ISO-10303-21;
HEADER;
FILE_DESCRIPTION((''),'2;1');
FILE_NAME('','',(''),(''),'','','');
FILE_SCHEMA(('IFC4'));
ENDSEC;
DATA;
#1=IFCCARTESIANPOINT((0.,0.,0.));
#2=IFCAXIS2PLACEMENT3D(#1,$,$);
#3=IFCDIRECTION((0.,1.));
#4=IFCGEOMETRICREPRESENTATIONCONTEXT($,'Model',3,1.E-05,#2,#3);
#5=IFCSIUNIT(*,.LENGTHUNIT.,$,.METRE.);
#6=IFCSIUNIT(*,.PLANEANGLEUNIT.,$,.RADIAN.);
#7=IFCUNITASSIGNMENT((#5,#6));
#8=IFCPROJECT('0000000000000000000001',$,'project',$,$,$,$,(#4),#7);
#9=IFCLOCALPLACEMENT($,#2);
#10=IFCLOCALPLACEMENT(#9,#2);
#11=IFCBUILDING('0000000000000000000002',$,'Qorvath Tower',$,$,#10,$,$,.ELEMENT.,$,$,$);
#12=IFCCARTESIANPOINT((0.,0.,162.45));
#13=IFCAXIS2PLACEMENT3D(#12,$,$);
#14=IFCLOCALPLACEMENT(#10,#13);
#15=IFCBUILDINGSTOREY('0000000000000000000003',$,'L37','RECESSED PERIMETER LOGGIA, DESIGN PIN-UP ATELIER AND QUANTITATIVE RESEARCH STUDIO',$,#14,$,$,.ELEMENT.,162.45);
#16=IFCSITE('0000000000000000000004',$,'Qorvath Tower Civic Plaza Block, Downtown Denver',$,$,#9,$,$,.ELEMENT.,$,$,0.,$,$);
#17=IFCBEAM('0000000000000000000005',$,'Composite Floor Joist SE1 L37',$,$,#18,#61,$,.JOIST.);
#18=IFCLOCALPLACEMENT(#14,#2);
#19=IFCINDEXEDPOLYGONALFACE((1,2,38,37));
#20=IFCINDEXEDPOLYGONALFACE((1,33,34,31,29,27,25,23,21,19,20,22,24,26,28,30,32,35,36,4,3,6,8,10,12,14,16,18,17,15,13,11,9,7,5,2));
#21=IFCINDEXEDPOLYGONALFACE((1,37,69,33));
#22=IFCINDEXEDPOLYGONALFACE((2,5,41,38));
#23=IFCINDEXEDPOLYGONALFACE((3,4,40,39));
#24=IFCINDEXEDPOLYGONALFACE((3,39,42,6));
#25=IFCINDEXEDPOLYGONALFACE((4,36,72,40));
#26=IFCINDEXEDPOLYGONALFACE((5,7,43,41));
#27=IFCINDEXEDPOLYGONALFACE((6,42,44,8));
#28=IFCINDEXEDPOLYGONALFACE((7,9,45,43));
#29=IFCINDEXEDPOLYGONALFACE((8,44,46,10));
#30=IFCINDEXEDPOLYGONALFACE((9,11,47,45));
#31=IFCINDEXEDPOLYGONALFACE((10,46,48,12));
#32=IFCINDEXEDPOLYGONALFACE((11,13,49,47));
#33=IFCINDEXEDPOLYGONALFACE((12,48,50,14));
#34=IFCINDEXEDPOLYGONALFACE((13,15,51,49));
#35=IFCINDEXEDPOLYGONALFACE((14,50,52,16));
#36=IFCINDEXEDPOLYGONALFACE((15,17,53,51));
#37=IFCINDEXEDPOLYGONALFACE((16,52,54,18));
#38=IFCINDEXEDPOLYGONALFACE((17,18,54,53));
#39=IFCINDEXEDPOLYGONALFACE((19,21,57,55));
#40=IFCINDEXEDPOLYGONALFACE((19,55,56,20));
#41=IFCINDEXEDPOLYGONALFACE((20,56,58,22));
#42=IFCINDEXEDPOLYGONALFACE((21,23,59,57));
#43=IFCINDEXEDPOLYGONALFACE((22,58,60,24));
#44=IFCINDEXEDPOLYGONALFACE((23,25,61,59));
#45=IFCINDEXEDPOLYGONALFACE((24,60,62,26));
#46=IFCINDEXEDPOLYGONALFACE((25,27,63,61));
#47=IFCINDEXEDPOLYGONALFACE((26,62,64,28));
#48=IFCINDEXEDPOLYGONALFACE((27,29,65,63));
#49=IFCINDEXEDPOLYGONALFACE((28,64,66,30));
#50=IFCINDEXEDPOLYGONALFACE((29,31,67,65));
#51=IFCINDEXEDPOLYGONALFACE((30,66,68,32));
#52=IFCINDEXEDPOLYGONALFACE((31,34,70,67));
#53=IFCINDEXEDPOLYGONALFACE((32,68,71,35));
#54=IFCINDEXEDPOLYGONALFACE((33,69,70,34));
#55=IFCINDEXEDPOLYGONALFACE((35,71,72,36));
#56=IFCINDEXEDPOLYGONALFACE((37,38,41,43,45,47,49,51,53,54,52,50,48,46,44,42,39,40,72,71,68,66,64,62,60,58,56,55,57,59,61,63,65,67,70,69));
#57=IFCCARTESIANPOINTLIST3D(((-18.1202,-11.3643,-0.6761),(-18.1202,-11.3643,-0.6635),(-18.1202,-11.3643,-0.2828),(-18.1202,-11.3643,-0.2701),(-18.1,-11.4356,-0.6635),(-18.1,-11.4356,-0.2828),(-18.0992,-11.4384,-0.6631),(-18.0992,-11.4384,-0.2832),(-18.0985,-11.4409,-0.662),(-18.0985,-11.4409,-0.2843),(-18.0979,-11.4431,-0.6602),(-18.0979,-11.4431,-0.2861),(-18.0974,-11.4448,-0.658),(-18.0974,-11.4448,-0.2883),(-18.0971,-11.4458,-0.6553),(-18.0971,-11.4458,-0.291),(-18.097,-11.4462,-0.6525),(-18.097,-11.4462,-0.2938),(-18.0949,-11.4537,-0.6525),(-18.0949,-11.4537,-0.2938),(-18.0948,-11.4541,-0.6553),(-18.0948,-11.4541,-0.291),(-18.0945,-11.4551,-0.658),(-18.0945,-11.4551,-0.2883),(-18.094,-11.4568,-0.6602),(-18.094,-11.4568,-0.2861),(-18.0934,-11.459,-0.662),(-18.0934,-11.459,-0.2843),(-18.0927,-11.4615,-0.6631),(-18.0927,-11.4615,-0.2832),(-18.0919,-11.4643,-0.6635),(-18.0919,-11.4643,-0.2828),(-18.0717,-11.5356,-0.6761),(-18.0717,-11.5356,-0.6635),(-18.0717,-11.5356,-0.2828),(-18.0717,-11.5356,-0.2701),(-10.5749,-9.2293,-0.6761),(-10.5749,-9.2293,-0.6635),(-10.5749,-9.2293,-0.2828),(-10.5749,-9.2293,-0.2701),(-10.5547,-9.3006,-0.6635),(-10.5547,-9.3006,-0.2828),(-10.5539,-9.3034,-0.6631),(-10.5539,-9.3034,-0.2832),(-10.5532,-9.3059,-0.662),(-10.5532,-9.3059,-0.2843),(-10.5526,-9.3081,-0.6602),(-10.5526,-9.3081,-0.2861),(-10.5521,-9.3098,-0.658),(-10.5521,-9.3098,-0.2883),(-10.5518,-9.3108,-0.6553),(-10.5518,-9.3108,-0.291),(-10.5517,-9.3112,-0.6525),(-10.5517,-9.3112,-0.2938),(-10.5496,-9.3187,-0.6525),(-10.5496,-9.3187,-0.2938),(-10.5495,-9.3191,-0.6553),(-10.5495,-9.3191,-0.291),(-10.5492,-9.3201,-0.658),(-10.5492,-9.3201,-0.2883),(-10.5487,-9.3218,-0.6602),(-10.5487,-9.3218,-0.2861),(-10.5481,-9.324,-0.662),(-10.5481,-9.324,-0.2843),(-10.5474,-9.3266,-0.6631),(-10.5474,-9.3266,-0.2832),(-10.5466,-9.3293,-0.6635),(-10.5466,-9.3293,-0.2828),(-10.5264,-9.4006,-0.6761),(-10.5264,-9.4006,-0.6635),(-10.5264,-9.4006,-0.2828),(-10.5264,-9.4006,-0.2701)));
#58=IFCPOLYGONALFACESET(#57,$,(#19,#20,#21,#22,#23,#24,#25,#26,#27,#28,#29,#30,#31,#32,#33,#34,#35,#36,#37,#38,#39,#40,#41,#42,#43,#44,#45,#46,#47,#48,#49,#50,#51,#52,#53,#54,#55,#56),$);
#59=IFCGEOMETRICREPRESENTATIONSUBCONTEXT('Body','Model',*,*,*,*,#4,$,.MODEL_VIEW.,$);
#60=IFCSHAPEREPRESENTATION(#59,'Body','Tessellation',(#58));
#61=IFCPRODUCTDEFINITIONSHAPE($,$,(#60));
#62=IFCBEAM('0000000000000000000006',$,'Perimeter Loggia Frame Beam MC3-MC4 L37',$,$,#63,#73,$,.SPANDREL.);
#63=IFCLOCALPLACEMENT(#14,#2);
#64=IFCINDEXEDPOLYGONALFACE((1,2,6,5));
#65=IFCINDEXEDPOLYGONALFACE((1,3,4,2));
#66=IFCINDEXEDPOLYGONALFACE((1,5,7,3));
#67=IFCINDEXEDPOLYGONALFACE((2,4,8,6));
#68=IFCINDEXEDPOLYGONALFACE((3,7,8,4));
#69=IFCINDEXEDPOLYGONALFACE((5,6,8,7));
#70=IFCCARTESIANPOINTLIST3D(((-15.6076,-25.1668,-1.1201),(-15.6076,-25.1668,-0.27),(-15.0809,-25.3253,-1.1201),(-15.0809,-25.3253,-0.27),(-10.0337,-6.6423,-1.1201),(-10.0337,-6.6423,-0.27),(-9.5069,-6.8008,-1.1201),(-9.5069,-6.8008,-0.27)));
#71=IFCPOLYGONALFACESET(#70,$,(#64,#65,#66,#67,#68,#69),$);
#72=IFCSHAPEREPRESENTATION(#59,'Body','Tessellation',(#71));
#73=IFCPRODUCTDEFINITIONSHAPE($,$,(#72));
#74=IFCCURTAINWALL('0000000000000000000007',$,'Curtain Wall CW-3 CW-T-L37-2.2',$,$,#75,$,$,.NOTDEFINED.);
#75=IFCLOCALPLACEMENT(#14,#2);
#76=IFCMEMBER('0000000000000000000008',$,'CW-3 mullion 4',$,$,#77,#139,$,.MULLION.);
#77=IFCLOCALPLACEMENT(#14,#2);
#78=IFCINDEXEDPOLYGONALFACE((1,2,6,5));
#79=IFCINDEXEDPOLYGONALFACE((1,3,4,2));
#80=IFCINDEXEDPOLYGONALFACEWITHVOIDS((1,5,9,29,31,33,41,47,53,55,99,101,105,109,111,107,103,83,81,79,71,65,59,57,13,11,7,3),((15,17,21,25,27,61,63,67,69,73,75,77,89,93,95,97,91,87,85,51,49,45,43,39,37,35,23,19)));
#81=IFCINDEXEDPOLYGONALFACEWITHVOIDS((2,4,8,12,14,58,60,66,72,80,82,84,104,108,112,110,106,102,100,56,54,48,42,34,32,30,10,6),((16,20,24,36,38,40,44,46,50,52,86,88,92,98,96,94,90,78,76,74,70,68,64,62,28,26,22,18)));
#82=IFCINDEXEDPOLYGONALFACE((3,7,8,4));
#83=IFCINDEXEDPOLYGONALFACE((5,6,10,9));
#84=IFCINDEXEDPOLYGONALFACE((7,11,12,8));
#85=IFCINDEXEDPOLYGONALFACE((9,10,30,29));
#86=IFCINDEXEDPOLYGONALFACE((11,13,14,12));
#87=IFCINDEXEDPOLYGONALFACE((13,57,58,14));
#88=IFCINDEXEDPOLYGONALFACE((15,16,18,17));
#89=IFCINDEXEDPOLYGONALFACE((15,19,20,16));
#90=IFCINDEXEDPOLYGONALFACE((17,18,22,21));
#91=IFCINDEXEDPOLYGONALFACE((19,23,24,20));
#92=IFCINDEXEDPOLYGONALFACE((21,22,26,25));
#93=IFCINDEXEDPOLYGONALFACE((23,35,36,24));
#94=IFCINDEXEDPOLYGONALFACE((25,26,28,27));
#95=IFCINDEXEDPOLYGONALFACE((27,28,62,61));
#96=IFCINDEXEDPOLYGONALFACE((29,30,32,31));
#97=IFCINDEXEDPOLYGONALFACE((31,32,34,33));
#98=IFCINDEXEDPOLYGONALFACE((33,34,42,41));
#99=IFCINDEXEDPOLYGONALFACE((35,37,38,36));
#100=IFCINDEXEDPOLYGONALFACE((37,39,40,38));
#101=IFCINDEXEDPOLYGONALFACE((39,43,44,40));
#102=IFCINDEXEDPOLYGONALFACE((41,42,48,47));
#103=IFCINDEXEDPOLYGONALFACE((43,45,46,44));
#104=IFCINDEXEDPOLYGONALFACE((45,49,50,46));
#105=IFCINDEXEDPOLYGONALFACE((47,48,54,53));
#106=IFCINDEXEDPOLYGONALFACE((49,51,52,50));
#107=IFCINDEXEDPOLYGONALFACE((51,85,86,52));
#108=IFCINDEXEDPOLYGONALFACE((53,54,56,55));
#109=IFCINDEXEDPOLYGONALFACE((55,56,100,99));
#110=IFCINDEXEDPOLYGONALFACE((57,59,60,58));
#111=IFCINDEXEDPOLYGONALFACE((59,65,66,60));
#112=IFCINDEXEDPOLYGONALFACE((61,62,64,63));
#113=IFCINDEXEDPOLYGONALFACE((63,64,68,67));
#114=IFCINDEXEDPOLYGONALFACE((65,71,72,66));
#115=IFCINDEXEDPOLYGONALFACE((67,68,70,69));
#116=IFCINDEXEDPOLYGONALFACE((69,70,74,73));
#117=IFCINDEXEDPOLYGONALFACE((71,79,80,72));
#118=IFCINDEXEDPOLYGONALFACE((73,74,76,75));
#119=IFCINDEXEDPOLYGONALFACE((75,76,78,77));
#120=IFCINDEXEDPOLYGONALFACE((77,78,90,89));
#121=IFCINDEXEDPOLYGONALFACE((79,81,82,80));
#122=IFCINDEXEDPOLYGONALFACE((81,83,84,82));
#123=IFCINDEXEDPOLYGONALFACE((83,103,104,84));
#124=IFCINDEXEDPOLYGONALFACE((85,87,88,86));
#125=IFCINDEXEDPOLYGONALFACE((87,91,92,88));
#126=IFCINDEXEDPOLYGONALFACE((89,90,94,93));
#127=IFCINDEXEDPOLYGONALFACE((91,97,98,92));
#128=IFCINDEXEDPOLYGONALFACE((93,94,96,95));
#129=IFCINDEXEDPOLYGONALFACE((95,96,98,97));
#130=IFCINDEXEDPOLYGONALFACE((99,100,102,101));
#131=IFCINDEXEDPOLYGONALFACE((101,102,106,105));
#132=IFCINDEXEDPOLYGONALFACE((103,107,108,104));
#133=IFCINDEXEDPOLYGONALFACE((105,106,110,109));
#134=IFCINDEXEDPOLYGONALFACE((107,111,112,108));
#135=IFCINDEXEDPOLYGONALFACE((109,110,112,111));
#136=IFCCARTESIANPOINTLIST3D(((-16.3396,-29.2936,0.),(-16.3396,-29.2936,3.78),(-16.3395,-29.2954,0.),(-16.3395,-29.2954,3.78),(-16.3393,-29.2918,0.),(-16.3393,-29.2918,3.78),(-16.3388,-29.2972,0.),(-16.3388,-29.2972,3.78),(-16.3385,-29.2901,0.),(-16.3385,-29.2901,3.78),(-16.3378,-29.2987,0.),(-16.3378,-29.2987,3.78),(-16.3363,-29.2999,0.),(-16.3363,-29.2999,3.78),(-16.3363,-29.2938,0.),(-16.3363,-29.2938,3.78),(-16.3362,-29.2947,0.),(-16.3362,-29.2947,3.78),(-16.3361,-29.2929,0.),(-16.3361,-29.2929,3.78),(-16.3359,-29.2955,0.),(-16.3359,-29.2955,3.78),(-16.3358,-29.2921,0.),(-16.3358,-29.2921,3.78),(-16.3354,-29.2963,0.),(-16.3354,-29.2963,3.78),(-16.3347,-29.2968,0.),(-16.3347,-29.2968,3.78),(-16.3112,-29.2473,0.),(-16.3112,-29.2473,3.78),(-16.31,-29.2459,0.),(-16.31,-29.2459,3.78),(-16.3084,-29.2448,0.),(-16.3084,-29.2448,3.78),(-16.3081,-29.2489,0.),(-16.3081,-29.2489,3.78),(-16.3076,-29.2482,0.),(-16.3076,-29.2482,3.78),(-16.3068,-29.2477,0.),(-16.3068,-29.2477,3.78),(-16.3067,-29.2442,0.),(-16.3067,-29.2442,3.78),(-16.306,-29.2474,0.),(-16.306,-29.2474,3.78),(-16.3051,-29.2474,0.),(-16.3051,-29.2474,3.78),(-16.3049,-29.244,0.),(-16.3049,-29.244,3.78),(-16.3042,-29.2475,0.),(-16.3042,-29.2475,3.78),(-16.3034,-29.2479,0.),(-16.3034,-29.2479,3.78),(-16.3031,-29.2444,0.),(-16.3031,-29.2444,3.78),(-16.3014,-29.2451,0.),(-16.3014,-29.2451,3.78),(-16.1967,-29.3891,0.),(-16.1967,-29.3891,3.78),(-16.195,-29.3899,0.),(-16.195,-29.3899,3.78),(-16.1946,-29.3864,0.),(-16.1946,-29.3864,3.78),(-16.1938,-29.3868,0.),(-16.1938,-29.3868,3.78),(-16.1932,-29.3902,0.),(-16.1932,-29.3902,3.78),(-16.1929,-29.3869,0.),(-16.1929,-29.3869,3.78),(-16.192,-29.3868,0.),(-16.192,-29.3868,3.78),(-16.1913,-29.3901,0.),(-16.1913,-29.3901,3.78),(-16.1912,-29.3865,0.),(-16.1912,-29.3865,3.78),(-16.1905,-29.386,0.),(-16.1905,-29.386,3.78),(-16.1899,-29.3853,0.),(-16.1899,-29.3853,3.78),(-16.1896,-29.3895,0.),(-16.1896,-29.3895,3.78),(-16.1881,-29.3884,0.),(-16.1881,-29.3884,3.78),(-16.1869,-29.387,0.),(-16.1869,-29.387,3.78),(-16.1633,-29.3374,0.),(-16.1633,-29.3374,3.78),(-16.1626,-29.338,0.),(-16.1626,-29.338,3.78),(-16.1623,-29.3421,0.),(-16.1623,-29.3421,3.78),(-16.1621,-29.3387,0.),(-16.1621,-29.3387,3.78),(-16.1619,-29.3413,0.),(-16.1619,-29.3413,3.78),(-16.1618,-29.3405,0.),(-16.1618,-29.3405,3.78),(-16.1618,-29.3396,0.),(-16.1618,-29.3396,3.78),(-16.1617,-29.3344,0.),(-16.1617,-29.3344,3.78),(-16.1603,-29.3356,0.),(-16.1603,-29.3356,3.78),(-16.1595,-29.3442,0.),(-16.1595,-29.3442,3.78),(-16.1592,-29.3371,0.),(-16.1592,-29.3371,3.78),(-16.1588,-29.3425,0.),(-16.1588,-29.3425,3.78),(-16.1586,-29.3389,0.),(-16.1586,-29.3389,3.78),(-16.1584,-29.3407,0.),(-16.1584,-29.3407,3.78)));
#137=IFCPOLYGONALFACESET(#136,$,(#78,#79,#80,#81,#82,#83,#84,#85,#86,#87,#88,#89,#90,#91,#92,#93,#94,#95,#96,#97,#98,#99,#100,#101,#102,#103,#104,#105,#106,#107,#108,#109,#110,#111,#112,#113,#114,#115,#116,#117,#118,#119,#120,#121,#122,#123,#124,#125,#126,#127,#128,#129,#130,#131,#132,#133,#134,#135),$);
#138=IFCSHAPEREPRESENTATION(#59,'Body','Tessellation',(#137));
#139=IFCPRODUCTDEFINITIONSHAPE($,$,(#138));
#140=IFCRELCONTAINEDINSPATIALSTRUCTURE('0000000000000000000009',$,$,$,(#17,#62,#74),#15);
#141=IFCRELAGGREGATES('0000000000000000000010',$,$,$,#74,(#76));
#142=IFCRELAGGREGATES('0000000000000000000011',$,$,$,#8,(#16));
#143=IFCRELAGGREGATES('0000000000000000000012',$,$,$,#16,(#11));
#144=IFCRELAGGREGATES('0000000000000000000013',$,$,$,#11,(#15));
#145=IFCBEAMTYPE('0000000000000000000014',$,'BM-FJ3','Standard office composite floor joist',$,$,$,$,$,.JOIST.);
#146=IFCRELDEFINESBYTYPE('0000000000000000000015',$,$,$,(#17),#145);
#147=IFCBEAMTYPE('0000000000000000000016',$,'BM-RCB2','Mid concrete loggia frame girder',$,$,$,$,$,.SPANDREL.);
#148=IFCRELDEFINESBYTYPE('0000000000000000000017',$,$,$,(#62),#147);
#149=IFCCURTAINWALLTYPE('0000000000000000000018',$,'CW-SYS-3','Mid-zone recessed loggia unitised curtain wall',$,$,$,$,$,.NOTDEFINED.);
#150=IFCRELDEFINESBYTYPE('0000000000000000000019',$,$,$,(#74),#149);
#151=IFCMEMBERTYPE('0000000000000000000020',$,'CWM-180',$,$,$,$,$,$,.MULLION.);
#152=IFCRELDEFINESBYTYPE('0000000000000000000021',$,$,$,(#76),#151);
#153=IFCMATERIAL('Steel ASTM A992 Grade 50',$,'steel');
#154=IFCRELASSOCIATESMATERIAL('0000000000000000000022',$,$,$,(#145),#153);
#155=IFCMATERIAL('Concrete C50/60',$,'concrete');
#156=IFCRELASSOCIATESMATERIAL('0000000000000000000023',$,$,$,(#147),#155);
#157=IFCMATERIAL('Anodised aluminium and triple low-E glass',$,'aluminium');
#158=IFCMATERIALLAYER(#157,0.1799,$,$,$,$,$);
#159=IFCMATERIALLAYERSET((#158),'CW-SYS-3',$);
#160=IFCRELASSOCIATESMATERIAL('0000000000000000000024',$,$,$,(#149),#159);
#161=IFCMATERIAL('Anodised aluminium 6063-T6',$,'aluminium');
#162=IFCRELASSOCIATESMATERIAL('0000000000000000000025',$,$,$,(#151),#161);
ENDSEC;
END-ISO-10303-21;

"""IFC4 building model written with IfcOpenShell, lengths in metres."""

from ifc_helpers import new_model, si_unit, direction, frame, origin, origin_2d, place, context, subcontext, project, spatial, rectangle, hollow_rectangle, i_section, extrude, material, layer, layer_set, material_profile, profile_set, type_object, element, aggregate, save


model = new_model("IFC4")

# Units and contexts
model_context = context("Model", 3, precision=1e-05, world=origin(), true_north=direction((0.0, 1.0)))
body_context = subcontext(model_context, "Body", "Model", "MODEL_VIEW")
ifc_project = project(units=[si_unit("LENGTHUNIT", "METRE"), si_unit("PLANEANGLEUNIT", "RADIAN")], contexts=[model_context])

# Site, building, storey
site_placement = place(None, origin())
site = spatial("IfcSite", under=ifc_project, at=site_placement, Name="Qorvath Tower Civic Plaza Block, Downtown Denver", CompositionType="ELEMENT", RefElevation=0.0)
building_placement = place(site_placement, origin())
building = spatial("IfcBuilding", under=site, at=building_placement, Name="Qorvath Tower", CompositionType="ELEMENT")
storey_placement = place(building_placement, frame((0.0, 0.0, 162.45)))
storey = spatial("IfcBuildingStorey", under=building, at=storey_placement, Name="L37", Description="RECESSED PERIMETER LOGGIA, DESIGN PIN-UP ATELIER AND QUANTITATIVE RESEARCH STUDIO", CompositionType="ELEMENT", Elevation=162.45)

# Beams
ifc_material_1 = material(Name="Steel ASTM A992 Grade 50", Category="steel")
ifc_material_profile_1 = material_profile(ifc_material_1, i_section(OverallWidth=0.178, OverallDepth=0.406, WebThickness=0.0078, FlangeThickness=0.0127, FilletRadius=0.011, at=origin_2d()), Name="W16x40")
ifc_profile_set_1 = profile_set([ifc_material_profile_1], Name="Steel ASTM A992 Grade 50")
beam_type_1 = type_object("IfcBeamType", Name="BM-FJ3", Description="Standard office composite floor joist", PredefinedType="JOIST", material=ifc_profile_set_1)
beam_1_placement = place(storey_placement, frame((-18.0959, -11.45, -0.4731), z_axis=(0.962222, 0.272265, 0.0), x_axis=(-0.272265, 0.962222, 0.0)))
element("IfcBeam", 1, at=beam_1_placement, inside=storey, type_object=beam_type_1, Name="Composite Floor Joist SE1 L37", PredefinedType="JOIST", context=body_context, shape_type="SweptSolid", body=[
    extrude(i_section(OverallWidth=0.178, OverallDepth=0.406, WebThickness=0.0078, FlangeThickness=0.0127, FilletRadius=0.011, at=origin_2d()), origin(), (0.0, 0.0, 1.0), 7.8416),
])
ifc_material_2 = material(Name="Concrete C50/60", Category="concrete")
ifc_material_profile_2 = material_profile(ifc_material_2, rectangle(XDim=0.55, YDim=0.8501, at=origin_2d()), Name="RCB 850x550")
ifc_profile_set_2 = profile_set([ifc_material_profile_2], Name="Concrete C50/60")
beam_type_2 = type_object("IfcBeamType", Name="BM-RCB2", Description="Mid concrete loggia frame girder", PredefinedType="SPANDREL", material=ifc_profile_set_2)
beam_2_placement = place(storey_placement, frame((-15.3442, -25.2461, -0.6951), z_axis=(0.288134, 0.95759, 0.0), x_axis=(-0.95759, 0.288134, 0.0)))
element("IfcBeam", 2, at=beam_2_placement, inside=storey, type_object=beam_type_2, Name="Perimeter Loggia Frame Beam MC3-MC4 L37", PredefinedType="SPANDREL", context=body_context, shape_type="SweptSolid", body=[
    extrude(rectangle(XDim=0.55, YDim=0.8501, at=origin_2d()), origin(), (0.0, 0.0, 1.0), 19.345),
])

# Curtain wall, member
ifc_material_3 = material(Name="Anodised aluminium and triple low-E glass", Category="aluminium")
ifc_layer_1 = layer(ifc_material_3, 0.1799)
ifc_layer_set_1 = layer_set([ifc_layer_1], Name="CW-SYS-3")
curtain_wall_type = type_object("IfcCurtainWallType", Name="CW-SYS-3", Description="Mid-zone recessed loggia unitised curtain wall", PredefinedType="NOTDEFINED", material=ifc_layer_set_1)
curtain_wall_1_placement = place(storey_placement, origin())
curtain_wall_1 = element("IfcCurtainWall", 3, at=curtain_wall_1_placement, inside=storey, type_object=curtain_wall_type, Name="Curtain Wall CW-3 CW-T-L37-2.2", PredefinedType="NOTDEFINED")
ifc_material_4 = material(Name="Anodised aluminium 6063-T6", Category="aluminium")
ifc_material_profile_3 = material_profile(ifc_material_4, hollow_rectangle(XDim=0.0649, YDim=0.1799, WallThickness=0.0034, InnerFilletRadius=0.0034, OuterFilletRadius=0.0071, at=origin_2d()), Name="CWM 180x65")
ifc_profile_set_3 = profile_set([ifc_material_profile_3], Name="Anodised aluminium 6063-T6")
member_type_1 = type_object("IfcMemberType", Name="CWM-180", PredefinedType="MULLION", material=ifc_profile_set_3)
member_1_placement = place(storey_placement, frame((-16.249, -29.3171, 0.0), z_axis=(0.0, 0.0, 1.0), x_axis=(0.53854, 0.8426, 0.0)))
member_1 = element("IfcMember", 4, at=member_1_placement, type_object=member_type_1, Name="CW-3 mullion 4", PredefinedType="MULLION", context=body_context, shape_type="SweptSolid", body=[
    extrude(hollow_rectangle(XDim=0.0649, YDim=0.1799, WallThickness=0.0034, InnerFilletRadius=0.0034, OuterFilletRadius=0.0071, at=origin_2d()), origin(), (0.0, 0.0, 1.0), 3.78),
])

aggregate(curtain_wall_1, [member_1])

save(model, "model.ifc")
